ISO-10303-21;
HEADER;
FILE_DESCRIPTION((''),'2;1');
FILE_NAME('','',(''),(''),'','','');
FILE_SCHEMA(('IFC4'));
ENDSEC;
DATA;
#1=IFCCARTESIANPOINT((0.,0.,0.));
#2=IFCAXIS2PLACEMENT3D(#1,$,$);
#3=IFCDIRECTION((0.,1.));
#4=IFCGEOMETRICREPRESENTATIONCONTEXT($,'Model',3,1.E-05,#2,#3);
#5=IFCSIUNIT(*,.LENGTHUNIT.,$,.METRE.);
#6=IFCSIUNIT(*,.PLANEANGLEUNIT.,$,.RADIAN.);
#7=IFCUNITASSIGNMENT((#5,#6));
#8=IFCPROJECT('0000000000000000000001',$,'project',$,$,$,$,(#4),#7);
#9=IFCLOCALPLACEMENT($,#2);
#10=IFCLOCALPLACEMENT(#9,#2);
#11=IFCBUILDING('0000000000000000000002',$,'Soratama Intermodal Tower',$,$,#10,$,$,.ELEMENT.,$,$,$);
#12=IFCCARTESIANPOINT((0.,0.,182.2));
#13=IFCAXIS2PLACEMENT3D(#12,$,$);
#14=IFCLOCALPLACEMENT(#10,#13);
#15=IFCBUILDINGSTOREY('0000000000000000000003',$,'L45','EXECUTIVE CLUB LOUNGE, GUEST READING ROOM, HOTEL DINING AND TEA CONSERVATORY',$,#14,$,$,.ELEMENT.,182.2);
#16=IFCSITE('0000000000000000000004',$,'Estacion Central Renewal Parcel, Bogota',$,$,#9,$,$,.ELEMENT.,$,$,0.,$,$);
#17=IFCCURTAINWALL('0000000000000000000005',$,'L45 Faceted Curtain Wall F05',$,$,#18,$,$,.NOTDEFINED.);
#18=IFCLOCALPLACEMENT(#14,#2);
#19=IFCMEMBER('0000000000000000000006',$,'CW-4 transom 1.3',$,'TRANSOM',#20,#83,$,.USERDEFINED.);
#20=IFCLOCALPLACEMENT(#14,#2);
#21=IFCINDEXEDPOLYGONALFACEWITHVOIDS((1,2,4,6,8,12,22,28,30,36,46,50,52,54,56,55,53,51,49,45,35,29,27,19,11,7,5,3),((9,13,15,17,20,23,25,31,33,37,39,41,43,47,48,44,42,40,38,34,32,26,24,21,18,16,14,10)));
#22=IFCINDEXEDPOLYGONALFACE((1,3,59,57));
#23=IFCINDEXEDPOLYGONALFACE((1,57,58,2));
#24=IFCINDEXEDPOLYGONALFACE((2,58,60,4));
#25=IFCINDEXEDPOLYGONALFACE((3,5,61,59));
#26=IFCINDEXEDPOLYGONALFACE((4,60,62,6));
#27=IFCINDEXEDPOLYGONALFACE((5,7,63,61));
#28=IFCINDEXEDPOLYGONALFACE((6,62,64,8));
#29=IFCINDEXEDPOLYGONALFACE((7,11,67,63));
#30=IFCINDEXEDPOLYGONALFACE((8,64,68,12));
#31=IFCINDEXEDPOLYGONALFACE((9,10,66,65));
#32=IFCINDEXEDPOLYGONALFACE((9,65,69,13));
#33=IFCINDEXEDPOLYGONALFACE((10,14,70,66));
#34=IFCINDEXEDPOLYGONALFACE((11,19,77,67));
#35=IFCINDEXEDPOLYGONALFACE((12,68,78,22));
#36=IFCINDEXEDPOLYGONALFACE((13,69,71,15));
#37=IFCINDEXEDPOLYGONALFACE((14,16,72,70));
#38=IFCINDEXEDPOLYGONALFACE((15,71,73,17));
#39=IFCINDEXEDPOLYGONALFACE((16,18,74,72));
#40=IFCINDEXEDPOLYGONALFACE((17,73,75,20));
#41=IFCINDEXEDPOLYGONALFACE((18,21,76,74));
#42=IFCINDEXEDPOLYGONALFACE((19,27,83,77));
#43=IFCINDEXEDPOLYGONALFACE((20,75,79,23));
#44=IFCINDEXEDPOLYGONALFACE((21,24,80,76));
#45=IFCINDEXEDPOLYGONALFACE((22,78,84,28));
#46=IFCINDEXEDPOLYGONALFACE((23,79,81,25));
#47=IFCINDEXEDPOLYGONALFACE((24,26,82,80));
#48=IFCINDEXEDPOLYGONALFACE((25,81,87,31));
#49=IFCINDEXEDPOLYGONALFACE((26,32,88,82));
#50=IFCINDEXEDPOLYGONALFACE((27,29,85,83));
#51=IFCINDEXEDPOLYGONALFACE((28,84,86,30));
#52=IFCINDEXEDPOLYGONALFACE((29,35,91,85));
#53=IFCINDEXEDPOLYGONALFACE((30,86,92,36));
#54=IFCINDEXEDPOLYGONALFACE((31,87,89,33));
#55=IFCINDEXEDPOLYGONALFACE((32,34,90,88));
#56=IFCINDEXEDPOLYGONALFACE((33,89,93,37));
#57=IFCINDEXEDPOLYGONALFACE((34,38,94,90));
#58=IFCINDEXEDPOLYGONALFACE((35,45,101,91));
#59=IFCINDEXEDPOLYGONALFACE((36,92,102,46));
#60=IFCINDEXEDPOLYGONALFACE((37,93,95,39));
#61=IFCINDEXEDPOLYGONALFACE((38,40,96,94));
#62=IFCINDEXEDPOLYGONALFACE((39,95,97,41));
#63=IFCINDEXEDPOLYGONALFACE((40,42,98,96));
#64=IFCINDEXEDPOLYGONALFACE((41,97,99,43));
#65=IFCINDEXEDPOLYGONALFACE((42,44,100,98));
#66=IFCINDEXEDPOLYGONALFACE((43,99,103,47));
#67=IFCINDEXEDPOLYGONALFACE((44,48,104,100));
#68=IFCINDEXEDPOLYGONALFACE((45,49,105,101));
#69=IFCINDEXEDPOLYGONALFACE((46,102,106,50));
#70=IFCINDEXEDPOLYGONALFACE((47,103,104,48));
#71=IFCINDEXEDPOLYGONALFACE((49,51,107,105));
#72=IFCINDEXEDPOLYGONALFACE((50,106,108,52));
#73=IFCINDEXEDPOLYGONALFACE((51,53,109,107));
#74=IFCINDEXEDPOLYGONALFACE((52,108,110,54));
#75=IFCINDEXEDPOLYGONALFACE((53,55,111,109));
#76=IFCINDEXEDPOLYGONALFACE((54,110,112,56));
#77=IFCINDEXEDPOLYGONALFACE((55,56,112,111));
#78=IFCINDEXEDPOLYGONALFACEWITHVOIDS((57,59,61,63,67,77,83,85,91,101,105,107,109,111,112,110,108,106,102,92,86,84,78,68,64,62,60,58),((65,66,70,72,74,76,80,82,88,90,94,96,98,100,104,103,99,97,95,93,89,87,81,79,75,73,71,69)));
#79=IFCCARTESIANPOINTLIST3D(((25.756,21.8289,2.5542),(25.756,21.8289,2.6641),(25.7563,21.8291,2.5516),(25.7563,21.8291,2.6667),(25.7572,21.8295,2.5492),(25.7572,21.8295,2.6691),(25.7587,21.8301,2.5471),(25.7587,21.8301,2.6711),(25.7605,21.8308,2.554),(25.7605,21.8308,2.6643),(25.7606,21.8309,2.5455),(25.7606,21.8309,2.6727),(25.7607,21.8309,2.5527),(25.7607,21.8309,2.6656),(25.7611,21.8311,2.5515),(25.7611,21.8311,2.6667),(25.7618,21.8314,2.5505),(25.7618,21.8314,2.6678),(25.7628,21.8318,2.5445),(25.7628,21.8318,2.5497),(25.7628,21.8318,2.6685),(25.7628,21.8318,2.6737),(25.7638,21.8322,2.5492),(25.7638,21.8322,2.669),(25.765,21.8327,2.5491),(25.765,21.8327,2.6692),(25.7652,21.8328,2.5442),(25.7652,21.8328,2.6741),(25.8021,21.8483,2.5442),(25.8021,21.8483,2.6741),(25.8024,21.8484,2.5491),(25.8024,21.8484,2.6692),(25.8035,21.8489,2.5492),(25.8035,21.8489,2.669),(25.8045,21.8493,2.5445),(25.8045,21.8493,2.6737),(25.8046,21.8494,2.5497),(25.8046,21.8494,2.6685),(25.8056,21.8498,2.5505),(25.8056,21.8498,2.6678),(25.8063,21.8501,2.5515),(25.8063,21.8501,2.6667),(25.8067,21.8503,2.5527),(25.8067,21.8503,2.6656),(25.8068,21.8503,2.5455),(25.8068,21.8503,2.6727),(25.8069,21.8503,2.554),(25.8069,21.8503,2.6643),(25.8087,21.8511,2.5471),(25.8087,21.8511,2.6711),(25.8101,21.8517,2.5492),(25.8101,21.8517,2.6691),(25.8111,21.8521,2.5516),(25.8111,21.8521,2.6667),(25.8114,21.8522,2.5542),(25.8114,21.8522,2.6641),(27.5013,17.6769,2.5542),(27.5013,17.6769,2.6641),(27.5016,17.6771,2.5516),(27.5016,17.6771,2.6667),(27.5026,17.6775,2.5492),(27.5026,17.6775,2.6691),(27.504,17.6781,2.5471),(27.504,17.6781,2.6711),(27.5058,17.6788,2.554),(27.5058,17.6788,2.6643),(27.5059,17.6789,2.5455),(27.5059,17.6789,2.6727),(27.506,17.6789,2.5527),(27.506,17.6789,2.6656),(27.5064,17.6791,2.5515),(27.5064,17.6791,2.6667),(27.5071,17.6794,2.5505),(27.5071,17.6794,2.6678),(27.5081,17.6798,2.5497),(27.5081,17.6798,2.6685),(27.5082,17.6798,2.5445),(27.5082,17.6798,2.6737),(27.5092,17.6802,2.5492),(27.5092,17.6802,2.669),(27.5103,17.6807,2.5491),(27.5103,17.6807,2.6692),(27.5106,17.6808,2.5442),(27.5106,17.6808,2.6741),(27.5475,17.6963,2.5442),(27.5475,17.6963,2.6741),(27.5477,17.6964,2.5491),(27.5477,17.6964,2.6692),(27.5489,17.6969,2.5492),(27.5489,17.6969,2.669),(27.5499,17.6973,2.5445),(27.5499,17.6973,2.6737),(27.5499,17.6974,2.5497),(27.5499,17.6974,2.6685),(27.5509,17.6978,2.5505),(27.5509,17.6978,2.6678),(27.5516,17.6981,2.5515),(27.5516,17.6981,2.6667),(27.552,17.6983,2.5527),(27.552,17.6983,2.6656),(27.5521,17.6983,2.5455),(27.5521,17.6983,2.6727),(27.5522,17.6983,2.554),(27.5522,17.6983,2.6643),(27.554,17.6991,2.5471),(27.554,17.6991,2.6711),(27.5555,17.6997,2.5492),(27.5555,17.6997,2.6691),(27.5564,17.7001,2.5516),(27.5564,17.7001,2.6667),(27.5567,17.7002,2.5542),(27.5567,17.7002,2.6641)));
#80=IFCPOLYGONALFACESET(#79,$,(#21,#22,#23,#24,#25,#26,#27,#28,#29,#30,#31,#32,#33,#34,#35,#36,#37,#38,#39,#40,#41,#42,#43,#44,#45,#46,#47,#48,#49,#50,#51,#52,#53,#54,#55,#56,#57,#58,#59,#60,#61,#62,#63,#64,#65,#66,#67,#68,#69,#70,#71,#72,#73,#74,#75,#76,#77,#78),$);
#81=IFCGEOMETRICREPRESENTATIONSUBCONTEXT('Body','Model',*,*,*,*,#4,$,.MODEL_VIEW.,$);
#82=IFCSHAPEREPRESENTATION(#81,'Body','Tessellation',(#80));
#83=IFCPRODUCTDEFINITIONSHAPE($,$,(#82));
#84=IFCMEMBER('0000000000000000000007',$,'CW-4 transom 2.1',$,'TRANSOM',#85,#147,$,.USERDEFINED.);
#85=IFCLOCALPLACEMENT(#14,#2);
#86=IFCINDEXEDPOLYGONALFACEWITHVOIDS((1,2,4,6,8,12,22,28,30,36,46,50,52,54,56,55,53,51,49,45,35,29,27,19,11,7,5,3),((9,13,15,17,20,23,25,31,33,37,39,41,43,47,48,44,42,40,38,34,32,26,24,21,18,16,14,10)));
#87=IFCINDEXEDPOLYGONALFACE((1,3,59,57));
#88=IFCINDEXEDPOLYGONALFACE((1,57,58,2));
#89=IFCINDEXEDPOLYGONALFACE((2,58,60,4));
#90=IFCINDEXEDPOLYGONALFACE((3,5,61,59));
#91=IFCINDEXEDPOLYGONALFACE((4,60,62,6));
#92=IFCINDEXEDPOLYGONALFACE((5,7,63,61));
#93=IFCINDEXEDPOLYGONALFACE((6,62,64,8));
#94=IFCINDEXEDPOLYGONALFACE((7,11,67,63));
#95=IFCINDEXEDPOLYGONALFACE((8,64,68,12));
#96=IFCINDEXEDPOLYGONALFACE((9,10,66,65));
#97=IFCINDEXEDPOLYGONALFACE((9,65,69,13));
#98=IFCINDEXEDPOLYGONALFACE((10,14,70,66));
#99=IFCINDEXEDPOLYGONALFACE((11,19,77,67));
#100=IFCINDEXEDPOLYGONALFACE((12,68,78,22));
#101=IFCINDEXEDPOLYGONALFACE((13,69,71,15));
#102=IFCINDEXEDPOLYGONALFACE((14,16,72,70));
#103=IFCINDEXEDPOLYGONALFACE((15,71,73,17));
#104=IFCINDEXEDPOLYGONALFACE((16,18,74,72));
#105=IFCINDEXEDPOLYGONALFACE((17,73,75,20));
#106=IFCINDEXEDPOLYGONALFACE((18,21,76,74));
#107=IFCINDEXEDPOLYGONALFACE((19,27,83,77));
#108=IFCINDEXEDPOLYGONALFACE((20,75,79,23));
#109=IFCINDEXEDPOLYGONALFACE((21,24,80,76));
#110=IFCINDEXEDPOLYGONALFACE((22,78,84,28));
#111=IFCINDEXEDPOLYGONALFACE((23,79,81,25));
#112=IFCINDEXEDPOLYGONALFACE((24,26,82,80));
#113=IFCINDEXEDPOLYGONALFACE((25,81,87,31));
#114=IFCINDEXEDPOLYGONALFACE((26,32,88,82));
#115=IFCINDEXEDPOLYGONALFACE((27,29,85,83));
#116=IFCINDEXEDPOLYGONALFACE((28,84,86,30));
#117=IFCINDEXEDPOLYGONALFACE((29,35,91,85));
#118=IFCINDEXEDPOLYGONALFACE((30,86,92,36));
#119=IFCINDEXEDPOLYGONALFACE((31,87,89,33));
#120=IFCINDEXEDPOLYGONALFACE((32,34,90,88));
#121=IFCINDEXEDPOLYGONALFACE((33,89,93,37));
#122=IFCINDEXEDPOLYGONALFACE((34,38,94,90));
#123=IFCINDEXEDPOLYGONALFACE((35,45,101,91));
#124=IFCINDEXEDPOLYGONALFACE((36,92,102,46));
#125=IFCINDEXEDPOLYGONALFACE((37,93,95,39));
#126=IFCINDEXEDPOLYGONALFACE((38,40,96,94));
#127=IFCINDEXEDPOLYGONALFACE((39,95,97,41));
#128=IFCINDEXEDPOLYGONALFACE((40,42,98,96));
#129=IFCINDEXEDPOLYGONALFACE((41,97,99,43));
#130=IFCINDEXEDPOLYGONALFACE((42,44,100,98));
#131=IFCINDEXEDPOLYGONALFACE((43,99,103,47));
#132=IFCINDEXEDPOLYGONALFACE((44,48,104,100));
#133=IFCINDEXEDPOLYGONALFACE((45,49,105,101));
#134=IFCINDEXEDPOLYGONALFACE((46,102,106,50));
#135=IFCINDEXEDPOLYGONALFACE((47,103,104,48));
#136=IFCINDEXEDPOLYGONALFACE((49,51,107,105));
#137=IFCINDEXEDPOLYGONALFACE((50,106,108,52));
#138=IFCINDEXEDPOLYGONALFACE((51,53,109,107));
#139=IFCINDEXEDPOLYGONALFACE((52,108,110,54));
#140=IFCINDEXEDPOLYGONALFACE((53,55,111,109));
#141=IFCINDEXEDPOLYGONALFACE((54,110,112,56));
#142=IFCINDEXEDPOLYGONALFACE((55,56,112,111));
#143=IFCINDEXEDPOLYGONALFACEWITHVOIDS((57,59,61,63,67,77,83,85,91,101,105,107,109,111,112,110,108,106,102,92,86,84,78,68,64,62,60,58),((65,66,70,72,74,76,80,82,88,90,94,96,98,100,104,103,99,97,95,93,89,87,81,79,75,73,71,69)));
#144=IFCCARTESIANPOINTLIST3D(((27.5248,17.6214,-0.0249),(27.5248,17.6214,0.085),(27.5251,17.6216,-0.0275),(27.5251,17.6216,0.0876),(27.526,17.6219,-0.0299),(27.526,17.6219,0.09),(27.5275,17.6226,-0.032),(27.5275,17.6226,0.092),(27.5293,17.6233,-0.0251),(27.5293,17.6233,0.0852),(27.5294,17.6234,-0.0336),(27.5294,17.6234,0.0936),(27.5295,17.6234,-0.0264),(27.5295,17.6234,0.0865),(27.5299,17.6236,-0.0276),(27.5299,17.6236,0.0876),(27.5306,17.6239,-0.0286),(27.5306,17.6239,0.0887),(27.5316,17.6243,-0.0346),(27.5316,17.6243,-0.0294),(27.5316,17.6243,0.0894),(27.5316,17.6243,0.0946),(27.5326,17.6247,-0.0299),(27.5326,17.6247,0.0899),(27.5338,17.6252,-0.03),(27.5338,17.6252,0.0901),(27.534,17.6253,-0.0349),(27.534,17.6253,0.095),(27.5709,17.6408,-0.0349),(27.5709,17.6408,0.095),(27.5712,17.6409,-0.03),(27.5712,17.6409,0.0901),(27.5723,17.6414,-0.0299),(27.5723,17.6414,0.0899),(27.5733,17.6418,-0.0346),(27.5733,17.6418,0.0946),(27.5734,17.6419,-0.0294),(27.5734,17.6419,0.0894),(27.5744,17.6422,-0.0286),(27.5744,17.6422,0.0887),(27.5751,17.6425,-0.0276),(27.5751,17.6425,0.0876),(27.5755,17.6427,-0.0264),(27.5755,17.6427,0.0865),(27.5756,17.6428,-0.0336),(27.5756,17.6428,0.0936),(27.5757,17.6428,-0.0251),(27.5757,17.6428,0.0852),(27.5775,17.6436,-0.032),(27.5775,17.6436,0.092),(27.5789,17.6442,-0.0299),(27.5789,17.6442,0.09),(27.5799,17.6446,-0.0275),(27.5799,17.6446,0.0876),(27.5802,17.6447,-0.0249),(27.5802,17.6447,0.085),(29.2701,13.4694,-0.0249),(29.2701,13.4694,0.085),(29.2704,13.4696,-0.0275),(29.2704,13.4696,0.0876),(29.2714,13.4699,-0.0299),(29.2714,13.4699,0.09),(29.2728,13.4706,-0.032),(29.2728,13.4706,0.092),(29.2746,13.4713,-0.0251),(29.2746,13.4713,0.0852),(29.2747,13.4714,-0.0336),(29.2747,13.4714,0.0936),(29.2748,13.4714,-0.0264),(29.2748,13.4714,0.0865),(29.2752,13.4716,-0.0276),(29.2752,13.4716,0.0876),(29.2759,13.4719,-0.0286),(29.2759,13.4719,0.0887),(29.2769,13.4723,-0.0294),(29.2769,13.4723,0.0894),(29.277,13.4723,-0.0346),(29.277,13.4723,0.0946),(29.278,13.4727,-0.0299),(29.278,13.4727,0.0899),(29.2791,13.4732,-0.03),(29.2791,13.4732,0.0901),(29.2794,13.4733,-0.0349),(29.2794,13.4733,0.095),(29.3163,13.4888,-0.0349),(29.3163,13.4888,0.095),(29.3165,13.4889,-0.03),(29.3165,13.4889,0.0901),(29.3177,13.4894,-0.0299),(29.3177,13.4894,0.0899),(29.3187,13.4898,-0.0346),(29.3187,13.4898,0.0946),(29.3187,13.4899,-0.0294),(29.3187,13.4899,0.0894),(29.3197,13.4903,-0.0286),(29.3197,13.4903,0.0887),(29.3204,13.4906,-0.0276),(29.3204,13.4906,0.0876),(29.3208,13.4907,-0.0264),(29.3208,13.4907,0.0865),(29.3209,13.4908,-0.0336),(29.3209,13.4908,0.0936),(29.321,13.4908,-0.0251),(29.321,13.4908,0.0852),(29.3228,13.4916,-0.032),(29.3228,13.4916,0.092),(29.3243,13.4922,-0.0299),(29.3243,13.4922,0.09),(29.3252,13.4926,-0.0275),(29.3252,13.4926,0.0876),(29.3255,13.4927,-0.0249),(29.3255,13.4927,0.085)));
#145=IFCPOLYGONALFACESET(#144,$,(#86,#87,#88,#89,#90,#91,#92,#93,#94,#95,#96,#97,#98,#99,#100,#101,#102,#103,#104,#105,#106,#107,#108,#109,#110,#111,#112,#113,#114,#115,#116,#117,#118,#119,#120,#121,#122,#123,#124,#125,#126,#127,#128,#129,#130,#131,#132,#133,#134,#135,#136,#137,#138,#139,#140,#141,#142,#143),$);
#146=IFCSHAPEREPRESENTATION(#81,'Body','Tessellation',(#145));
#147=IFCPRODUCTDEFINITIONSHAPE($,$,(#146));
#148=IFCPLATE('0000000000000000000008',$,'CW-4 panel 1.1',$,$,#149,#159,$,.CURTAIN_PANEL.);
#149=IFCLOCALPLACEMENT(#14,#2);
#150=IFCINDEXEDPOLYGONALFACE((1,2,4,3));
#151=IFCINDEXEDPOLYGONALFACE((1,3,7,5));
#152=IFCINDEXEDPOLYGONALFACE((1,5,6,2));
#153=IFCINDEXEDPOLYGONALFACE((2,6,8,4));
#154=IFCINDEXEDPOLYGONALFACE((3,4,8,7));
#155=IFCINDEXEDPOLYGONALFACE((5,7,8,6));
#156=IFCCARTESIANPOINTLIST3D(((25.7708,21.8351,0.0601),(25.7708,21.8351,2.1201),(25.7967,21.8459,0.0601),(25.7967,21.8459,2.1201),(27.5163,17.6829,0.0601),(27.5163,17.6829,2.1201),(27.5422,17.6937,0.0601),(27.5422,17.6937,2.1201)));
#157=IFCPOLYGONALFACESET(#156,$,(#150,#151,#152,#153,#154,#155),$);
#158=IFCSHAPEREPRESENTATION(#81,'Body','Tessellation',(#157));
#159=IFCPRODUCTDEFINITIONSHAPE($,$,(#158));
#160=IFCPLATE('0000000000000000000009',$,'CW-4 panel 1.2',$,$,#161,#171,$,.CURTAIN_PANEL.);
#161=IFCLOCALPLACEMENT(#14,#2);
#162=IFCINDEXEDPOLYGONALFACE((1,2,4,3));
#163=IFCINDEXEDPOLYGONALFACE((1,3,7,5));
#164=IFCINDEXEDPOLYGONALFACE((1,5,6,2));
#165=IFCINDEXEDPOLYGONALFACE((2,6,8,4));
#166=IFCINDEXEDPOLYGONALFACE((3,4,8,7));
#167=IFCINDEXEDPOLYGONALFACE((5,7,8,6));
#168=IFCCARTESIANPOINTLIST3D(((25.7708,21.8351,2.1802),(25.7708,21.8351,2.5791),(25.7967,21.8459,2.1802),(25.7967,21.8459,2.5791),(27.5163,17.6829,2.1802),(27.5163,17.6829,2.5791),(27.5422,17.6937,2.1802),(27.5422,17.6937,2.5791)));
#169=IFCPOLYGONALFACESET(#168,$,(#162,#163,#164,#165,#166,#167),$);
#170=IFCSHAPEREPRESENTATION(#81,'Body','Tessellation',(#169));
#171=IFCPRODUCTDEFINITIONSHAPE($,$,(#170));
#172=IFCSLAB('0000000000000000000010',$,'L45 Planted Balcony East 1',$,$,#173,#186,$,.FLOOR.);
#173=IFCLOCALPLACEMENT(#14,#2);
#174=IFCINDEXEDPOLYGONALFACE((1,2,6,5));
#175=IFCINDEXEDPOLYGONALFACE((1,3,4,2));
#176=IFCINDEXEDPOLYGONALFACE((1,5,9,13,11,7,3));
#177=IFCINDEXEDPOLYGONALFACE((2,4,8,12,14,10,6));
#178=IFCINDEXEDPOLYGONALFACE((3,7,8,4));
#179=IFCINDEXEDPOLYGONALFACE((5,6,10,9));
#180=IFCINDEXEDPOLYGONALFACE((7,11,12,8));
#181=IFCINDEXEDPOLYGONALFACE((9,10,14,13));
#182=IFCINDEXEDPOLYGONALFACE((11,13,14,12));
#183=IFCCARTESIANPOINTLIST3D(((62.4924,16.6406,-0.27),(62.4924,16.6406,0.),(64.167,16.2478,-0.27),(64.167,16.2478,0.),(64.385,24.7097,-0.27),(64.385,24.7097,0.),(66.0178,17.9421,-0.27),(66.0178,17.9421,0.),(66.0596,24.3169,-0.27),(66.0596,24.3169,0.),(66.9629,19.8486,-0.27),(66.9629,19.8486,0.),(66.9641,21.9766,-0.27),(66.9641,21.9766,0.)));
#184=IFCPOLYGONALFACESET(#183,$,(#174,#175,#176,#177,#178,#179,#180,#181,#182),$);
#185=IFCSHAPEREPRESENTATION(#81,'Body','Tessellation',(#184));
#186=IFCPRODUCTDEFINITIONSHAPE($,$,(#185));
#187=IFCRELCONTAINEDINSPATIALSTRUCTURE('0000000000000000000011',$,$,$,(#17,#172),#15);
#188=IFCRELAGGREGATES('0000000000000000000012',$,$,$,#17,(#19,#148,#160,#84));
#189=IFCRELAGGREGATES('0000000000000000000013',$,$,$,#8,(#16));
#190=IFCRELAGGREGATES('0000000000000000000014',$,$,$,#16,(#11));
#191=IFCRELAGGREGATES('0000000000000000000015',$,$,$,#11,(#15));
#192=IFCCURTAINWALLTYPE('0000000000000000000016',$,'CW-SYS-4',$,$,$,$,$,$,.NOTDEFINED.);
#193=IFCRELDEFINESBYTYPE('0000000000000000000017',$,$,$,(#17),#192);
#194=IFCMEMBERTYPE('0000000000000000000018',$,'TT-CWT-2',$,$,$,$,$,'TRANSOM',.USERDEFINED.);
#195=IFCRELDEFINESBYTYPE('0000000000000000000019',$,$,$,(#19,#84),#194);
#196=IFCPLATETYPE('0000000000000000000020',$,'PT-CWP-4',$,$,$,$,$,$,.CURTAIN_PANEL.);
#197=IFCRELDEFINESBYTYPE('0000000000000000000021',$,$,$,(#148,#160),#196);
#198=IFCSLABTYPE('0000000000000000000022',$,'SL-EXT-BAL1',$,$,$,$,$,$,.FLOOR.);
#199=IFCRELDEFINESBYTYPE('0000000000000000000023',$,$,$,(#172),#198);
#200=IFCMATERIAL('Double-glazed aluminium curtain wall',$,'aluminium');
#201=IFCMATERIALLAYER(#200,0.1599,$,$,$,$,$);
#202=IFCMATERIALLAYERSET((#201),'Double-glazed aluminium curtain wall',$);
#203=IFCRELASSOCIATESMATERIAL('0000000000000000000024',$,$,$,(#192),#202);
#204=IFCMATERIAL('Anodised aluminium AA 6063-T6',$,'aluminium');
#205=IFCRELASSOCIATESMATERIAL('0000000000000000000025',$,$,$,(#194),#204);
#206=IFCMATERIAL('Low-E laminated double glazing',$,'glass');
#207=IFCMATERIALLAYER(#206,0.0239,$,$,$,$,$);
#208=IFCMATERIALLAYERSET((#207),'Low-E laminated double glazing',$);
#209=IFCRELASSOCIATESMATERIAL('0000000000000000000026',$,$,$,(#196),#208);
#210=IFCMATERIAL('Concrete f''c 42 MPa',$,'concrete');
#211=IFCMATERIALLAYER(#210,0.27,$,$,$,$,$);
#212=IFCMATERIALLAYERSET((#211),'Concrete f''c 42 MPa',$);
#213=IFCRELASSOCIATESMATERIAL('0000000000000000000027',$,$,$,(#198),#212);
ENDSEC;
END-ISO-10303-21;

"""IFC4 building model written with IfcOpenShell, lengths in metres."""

from ifc_helpers import new_model, si_unit, direction, frame, origin, origin_2d, place, context, subcontext, project, spatial, polyline, rectangle, hollow_rectangle, outline, extrude, material, layer, layer_set, material_profile, profile_set, type_object, element, aggregate, save


model = new_model("IFC4")

# Units and contexts
model_context = context("Model", 3, precision=1e-05, world=origin(), true_north=direction((0.0, 1.0)))
body_context = subcontext(model_context, "Body", "Model", "MODEL_VIEW")
ifc_project = project(units=[si_unit("LENGTHUNIT", "METRE"), si_unit("PLANEANGLEUNIT", "RADIAN")], contexts=[model_context])

# Site, building, storey
site_placement = place(None, origin())
site = spatial("IfcSite", under=ifc_project, at=site_placement, Name="Estacion Central Renewal Parcel, Bogota", CompositionType="ELEMENT", RefElevation=0.0)
building_placement = place(site_placement, origin())
building = spatial("IfcBuilding", under=site, at=building_placement, Name="Soratama Intermodal Tower", CompositionType="ELEMENT")
storey_placement = place(building_placement, frame((0.0, 0.0, 182.2)))
storey = spatial("IfcBuildingStorey", under=building, at=storey_placement, Name="L45", Description="EXECUTIVE CLUB LOUNGE, GUEST READING ROOM, HOTEL DINING AND TEA CONSERVATORY", CompositionType="ELEMENT", Elevation=182.2)

# Curtain wall, members, plates
ifc_material_1 = material(Name="Double-glazed aluminium curtain wall", Category="aluminium")
ifc_layer_1 = layer(ifc_material_1, 0.1599)
ifc_layer_set_1 = layer_set([ifc_layer_1], Name="Double-glazed aluminium curtain wall")
curtain_wall_type = type_object("IfcCurtainWallType", Name="CW-SYS-4", PredefinedType="NOTDEFINED", material=ifc_layer_set_1)
curtain_wall_placement = place(storey_placement, origin())
curtain_wall = element("IfcCurtainWall", 1, at=curtain_wall_placement, inside=storey, type_object=curtain_wall_type, Name="L45 Faceted Curtain Wall F05", PredefinedType="NOTDEFINED")
ifc_material_2 = material(Name="Anodised aluminium AA 6063-T6", Category="aluminium")
ifc_material_profile_1 = material_profile(ifc_material_2, hollow_rectangle(XDim=0.0601, YDim=0.1299, WallThickness=0.0049, InnerFilletRadius=0.0049, OuterFilletRadius=0.01, at=origin_2d()), Name="CWT130X60X5")
ifc_profile_set_1 = profile_set([ifc_material_profile_1], Name="Anodised aluminium AA 6063-T6")
member_type_1 = type_object("IfcMemberType", Name="TT-CWT-2", ElementType="TRANSOM", PredefinedType="USERDEFINED", material=ifc_profile_set_1)
member_1_placement = place(storey_placement, frame((25.7837, 21.8406, 2.6091), z_axis=(0.387512, -0.921865, 0.0), x_axis=(0.921865, 0.387512, 0.0)))
member_1 = element("IfcMember", 2, at=member_1_placement, type_object=member_type_1, Name="CW-4 transom 1.3", ObjectType="TRANSOM", PredefinedType="USERDEFINED", context=body_context, shape_type="SweptSolid", body=[
    extrude(hollow_rectangle(XDim=0.0601, YDim=0.1299, WallThickness=0.0049, InnerFilletRadius=0.0049, OuterFilletRadius=0.01, at=origin_2d()), origin(), (0.0, 0.0, 1.0), 4.5039),
])
member_2_placement = place(storey_placement, frame((27.5525, 17.6331, 0.03), z_axis=(0.387512, -0.921865, 0.0), x_axis=(0.921865, 0.387512, 0.0)))
member_2 = element("IfcMember", 3, at=member_2_placement, type_object=member_type_1, Name="CW-4 transom 2.1", ObjectType="TRANSOM", PredefinedType="USERDEFINED", context=body_context, shape_type="SweptSolid", body=[
    extrude(hollow_rectangle(XDim=0.0601, YDim=0.1299, WallThickness=0.0049, InnerFilletRadius=0.0049, OuterFilletRadius=0.01, at=origin_2d()), origin(), (0.0, 0.0, 1.0), 4.5039),
])
ifc_material_3 = material(Name="Low-E laminated double glazing", Category="glass")
ifc_layer_2 = layer(ifc_material_3, 0.0239)
ifc_layer_set_2 = layer_set([ifc_layer_2], Name="Low-E laminated double glazing")
plate_type = type_object("IfcPlateType", Name="PT-CWP-4", PredefinedType="CURTAIN_PANEL", material=ifc_layer_set_2)
plate_1_placement = place(storey_placement, frame((26.6565, 19.7644, 0.0601), z_axis=(0.0, 0.0, 1.0), x_axis=(0.387521, -0.921861, 0.0)))
plate_1 = element("IfcPlate", 4, at=plate_1_placement, type_object=plate_type, Name="CW-4 panel 1.1", PredefinedType="CURTAIN_PANEL", context=body_context, shape_type="SweptSolid", body=[
    extrude(rectangle(XDim=4.5042, YDim=0.0281, at=origin_2d()), origin(), (0.0, 0.0, 1.0), 2.0601),
])
plate_2_placement = place(storey_placement, frame((26.6565, 19.7644, 2.1802), z_axis=(0.0, 0.0, 1.0), x_axis=(0.387521, -0.921861, 0.0)))
plate_2 = element("IfcPlate", 5, at=plate_2_placement, type_object=plate_type, Name="CW-4 panel 1.2", PredefinedType="CURTAIN_PANEL", context=body_context, shape_type="SweptSolid", body=[
    extrude(rectangle(XDim=4.5042, YDim=0.0281, at=origin_2d()), origin(), (0.0, 0.0, 1.0), 0.3989),
])
aggregate(curtain_wall, [member_1, plate_1, plate_2, member_2])

# Slab
ifc_material_4 = material(Name="Concrete f'c 42 MPa", Category="concrete")
ifc_layer_3 = layer(ifc_material_4, 0.27)
ifc_layer_set_3 = layer_set([ifc_layer_3], Name="Concrete f'c 42 MPa")
slab_type_1 = type_object("IfcSlabType", Name="SL-EXT-BAL1", PredefinedType="FLOOR", material=ifc_layer_set_3)
slab_1_placement = place(storey_placement, frame((0.0, 0.0, -0.27)))
element("IfcSlab", 6, at=slab_1_placement, inside=storey, type_object=slab_type_1, Name="L45 Planted Balcony East 1", PredefinedType="FLOOR", context=body_context, shape_type="SweptSolid", body=[
    extrude(outline(polyline([(62.4924, 16.6406), (64.385, 24.7097), (66.0596, 24.3169), (66.9641, 21.9766), (66.9629, 19.8486), (66.0178, 17.9421), (64.167, 16.2478), (62.4924, 16.6406)])), origin(), (0.0, 0.0, 1.0), 0.27),
])

save(model, "model.ifc")
